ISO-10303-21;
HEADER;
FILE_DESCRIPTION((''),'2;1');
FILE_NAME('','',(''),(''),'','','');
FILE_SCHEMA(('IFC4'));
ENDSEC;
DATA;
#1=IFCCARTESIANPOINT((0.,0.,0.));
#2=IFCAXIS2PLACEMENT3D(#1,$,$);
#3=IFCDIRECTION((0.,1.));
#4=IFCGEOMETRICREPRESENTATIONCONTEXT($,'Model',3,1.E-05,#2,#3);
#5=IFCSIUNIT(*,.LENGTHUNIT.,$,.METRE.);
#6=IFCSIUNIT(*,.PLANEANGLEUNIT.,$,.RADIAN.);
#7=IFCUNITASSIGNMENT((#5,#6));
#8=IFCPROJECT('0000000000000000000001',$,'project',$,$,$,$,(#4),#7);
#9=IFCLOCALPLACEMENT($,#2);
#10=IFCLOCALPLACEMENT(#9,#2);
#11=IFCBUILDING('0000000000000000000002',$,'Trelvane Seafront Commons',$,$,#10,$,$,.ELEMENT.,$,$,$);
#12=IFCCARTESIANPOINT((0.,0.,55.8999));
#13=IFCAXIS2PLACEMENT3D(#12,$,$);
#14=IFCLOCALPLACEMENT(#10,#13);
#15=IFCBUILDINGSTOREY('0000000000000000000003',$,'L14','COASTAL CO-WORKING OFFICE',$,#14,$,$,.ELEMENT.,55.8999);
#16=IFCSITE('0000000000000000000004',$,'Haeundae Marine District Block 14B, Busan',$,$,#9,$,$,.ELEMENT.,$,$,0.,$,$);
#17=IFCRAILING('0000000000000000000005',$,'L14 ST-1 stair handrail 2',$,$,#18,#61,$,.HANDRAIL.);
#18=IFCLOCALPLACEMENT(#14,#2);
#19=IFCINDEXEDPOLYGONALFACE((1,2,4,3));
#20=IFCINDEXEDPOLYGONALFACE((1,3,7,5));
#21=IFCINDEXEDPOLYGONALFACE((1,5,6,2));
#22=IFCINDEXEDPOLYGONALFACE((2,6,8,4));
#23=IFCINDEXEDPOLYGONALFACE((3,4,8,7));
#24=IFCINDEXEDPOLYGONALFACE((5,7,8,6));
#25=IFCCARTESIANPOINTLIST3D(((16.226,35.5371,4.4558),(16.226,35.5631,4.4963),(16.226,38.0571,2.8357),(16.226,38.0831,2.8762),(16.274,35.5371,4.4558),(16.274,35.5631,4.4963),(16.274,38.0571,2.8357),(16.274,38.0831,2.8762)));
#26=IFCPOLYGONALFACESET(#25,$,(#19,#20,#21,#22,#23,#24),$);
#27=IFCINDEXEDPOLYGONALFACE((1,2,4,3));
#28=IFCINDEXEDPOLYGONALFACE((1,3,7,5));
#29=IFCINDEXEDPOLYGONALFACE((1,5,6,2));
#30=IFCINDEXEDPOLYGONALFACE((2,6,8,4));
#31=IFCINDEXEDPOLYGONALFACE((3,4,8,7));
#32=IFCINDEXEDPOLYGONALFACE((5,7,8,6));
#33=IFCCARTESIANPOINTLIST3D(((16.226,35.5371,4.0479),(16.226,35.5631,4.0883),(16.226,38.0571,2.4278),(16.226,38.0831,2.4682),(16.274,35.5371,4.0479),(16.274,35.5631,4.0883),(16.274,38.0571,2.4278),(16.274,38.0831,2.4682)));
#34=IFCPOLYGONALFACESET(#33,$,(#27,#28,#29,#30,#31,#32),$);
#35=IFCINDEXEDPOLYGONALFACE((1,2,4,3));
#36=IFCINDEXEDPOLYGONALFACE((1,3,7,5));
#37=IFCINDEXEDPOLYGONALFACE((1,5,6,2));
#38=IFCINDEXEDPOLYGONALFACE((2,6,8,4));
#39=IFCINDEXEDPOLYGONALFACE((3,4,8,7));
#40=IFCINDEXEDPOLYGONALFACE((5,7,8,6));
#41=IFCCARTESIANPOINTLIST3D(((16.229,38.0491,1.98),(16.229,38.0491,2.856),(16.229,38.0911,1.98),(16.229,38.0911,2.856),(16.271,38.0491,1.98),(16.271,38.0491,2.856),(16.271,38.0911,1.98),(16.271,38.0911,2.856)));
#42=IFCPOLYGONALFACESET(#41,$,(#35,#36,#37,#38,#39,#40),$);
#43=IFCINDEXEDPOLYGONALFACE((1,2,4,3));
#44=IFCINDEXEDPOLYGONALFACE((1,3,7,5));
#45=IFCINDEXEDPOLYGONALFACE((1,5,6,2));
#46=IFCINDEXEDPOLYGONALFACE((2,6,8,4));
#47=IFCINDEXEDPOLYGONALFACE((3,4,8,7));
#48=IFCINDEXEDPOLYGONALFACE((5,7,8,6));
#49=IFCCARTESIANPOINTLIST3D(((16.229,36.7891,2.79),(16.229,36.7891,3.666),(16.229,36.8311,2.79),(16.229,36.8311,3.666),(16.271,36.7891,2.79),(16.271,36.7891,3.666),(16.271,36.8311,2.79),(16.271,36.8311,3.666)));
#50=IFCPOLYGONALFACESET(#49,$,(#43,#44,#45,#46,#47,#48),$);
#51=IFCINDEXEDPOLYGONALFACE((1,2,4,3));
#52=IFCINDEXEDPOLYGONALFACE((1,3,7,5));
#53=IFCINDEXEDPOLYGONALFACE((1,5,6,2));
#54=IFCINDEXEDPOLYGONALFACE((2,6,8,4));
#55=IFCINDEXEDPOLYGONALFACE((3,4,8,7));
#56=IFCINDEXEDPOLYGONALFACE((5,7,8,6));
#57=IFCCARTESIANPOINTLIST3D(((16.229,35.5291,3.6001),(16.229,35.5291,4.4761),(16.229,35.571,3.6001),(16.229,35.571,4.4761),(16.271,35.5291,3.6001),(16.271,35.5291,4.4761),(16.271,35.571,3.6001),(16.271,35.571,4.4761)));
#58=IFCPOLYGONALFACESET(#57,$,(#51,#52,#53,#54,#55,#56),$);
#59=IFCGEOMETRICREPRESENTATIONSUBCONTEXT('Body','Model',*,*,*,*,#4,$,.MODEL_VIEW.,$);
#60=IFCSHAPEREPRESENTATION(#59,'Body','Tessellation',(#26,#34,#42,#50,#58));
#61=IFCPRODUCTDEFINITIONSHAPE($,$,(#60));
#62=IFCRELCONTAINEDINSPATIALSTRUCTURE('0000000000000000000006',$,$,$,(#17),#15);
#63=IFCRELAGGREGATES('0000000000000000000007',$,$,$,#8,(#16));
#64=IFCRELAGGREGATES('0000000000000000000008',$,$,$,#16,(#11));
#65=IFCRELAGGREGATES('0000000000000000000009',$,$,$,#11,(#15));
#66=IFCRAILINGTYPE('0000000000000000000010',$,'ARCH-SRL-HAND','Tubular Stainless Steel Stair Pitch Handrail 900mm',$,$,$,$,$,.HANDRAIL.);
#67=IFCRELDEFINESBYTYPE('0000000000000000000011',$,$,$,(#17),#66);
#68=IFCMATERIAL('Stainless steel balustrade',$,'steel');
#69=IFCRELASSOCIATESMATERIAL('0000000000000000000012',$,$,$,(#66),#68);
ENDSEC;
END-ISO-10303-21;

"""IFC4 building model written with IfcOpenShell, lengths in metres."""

from ifc_helpers import new_model, si_unit, direction, frame, origin, origin_2d, place, context, subcontext, project, spatial, rectangle, extrude, material, type_object, element, save


model = new_model("IFC4")

# Units and contexts
model_context = context("Model", 3, precision=1e-05, world=origin(), true_north=direction((0.0, 1.0)))
body_context = subcontext(model_context, "Body", "Model", "MODEL_VIEW")
ifc_project = project(units=[si_unit("LENGTHUNIT", "METRE"), si_unit("PLANEANGLEUNIT", "RADIAN")], contexts=[model_context])

# Site, building, storey
site_placement = place(None, origin())
site = spatial("IfcSite", under=ifc_project, at=site_placement, Name="Haeundae Marine District Block 14B, Busan", CompositionType="ELEMENT", RefElevation=0.0)
building_placement = place(site_placement, origin())
building = spatial("IfcBuilding", under=site, at=building_placement, Name="Trelvane Seafront Commons", CompositionType="ELEMENT")
storey_placement = place(building_placement, frame((0.0, 0.0, 55.8999)))
storey = spatial("IfcBuildingStorey", under=building, at=storey_placement, Name="L14", Description="COASTAL CO-WORKING OFFICE", CompositionType="ELEMENT", Elevation=55.8999)

# Shared definitions
ifc_material_1 = material(Name="Stainless steel balustrade", Category="steel")

# Railing
railing_type_1 = type_object("IfcRailingType", Name="ARCH-SRL-HAND", Description="Tubular Stainless Steel Stair Pitch Handrail 900mm", PredefinedType="HANDRAIL", material=ifc_material_1)
railing_1_placement = place(storey_placement, frame((16.25, 38.0701, 1.98)))
element("IfcRailing", 1, at=railing_1_placement, inside=storey, type_object=railing_type_1, Name="L14 ST-1 stair handrail 2", PredefinedType="HANDRAIL", context=body_context, shape_type="SweptSolid", body=[
    extrude(rectangle(XDim=0.0481, YDim=0.0481, at=origin_2d()), frame((0.0, 0.0, 0.876), z_axis=(0.0, -0.841163, 0.540782), x_axis=(1.0, 0.0, 0.0)), (0.0, 0.0, 1.0), 2.9958),
    extrude(rectangle(XDim=0.0481, YDim=0.0481, at=origin_2d()), frame((0.0, 0.0, 0.468), z_axis=(0.0, -0.841163, 0.540782), x_axis=(1.0, 0.0, 0.0)), (0.0, 0.0, 1.0), 2.9958),
    extrude(rectangle(XDim=0.042, YDim=0.042, at=origin_2d()), origin(), (0.0, 0.0, 1.0), 0.876),
    extrude(rectangle(XDim=0.042, YDim=0.042, at=origin_2d()), frame((0.0, -1.26, 0.8101)), (0.0, 0.0, 1.0), 0.876),
    extrude(rectangle(XDim=0.042, YDim=0.042, at=origin_2d()), frame((0.0, -2.52, 1.6201)), (0.0, 0.0, 1.0), 0.876),
])

save(model, "model.ifc")
